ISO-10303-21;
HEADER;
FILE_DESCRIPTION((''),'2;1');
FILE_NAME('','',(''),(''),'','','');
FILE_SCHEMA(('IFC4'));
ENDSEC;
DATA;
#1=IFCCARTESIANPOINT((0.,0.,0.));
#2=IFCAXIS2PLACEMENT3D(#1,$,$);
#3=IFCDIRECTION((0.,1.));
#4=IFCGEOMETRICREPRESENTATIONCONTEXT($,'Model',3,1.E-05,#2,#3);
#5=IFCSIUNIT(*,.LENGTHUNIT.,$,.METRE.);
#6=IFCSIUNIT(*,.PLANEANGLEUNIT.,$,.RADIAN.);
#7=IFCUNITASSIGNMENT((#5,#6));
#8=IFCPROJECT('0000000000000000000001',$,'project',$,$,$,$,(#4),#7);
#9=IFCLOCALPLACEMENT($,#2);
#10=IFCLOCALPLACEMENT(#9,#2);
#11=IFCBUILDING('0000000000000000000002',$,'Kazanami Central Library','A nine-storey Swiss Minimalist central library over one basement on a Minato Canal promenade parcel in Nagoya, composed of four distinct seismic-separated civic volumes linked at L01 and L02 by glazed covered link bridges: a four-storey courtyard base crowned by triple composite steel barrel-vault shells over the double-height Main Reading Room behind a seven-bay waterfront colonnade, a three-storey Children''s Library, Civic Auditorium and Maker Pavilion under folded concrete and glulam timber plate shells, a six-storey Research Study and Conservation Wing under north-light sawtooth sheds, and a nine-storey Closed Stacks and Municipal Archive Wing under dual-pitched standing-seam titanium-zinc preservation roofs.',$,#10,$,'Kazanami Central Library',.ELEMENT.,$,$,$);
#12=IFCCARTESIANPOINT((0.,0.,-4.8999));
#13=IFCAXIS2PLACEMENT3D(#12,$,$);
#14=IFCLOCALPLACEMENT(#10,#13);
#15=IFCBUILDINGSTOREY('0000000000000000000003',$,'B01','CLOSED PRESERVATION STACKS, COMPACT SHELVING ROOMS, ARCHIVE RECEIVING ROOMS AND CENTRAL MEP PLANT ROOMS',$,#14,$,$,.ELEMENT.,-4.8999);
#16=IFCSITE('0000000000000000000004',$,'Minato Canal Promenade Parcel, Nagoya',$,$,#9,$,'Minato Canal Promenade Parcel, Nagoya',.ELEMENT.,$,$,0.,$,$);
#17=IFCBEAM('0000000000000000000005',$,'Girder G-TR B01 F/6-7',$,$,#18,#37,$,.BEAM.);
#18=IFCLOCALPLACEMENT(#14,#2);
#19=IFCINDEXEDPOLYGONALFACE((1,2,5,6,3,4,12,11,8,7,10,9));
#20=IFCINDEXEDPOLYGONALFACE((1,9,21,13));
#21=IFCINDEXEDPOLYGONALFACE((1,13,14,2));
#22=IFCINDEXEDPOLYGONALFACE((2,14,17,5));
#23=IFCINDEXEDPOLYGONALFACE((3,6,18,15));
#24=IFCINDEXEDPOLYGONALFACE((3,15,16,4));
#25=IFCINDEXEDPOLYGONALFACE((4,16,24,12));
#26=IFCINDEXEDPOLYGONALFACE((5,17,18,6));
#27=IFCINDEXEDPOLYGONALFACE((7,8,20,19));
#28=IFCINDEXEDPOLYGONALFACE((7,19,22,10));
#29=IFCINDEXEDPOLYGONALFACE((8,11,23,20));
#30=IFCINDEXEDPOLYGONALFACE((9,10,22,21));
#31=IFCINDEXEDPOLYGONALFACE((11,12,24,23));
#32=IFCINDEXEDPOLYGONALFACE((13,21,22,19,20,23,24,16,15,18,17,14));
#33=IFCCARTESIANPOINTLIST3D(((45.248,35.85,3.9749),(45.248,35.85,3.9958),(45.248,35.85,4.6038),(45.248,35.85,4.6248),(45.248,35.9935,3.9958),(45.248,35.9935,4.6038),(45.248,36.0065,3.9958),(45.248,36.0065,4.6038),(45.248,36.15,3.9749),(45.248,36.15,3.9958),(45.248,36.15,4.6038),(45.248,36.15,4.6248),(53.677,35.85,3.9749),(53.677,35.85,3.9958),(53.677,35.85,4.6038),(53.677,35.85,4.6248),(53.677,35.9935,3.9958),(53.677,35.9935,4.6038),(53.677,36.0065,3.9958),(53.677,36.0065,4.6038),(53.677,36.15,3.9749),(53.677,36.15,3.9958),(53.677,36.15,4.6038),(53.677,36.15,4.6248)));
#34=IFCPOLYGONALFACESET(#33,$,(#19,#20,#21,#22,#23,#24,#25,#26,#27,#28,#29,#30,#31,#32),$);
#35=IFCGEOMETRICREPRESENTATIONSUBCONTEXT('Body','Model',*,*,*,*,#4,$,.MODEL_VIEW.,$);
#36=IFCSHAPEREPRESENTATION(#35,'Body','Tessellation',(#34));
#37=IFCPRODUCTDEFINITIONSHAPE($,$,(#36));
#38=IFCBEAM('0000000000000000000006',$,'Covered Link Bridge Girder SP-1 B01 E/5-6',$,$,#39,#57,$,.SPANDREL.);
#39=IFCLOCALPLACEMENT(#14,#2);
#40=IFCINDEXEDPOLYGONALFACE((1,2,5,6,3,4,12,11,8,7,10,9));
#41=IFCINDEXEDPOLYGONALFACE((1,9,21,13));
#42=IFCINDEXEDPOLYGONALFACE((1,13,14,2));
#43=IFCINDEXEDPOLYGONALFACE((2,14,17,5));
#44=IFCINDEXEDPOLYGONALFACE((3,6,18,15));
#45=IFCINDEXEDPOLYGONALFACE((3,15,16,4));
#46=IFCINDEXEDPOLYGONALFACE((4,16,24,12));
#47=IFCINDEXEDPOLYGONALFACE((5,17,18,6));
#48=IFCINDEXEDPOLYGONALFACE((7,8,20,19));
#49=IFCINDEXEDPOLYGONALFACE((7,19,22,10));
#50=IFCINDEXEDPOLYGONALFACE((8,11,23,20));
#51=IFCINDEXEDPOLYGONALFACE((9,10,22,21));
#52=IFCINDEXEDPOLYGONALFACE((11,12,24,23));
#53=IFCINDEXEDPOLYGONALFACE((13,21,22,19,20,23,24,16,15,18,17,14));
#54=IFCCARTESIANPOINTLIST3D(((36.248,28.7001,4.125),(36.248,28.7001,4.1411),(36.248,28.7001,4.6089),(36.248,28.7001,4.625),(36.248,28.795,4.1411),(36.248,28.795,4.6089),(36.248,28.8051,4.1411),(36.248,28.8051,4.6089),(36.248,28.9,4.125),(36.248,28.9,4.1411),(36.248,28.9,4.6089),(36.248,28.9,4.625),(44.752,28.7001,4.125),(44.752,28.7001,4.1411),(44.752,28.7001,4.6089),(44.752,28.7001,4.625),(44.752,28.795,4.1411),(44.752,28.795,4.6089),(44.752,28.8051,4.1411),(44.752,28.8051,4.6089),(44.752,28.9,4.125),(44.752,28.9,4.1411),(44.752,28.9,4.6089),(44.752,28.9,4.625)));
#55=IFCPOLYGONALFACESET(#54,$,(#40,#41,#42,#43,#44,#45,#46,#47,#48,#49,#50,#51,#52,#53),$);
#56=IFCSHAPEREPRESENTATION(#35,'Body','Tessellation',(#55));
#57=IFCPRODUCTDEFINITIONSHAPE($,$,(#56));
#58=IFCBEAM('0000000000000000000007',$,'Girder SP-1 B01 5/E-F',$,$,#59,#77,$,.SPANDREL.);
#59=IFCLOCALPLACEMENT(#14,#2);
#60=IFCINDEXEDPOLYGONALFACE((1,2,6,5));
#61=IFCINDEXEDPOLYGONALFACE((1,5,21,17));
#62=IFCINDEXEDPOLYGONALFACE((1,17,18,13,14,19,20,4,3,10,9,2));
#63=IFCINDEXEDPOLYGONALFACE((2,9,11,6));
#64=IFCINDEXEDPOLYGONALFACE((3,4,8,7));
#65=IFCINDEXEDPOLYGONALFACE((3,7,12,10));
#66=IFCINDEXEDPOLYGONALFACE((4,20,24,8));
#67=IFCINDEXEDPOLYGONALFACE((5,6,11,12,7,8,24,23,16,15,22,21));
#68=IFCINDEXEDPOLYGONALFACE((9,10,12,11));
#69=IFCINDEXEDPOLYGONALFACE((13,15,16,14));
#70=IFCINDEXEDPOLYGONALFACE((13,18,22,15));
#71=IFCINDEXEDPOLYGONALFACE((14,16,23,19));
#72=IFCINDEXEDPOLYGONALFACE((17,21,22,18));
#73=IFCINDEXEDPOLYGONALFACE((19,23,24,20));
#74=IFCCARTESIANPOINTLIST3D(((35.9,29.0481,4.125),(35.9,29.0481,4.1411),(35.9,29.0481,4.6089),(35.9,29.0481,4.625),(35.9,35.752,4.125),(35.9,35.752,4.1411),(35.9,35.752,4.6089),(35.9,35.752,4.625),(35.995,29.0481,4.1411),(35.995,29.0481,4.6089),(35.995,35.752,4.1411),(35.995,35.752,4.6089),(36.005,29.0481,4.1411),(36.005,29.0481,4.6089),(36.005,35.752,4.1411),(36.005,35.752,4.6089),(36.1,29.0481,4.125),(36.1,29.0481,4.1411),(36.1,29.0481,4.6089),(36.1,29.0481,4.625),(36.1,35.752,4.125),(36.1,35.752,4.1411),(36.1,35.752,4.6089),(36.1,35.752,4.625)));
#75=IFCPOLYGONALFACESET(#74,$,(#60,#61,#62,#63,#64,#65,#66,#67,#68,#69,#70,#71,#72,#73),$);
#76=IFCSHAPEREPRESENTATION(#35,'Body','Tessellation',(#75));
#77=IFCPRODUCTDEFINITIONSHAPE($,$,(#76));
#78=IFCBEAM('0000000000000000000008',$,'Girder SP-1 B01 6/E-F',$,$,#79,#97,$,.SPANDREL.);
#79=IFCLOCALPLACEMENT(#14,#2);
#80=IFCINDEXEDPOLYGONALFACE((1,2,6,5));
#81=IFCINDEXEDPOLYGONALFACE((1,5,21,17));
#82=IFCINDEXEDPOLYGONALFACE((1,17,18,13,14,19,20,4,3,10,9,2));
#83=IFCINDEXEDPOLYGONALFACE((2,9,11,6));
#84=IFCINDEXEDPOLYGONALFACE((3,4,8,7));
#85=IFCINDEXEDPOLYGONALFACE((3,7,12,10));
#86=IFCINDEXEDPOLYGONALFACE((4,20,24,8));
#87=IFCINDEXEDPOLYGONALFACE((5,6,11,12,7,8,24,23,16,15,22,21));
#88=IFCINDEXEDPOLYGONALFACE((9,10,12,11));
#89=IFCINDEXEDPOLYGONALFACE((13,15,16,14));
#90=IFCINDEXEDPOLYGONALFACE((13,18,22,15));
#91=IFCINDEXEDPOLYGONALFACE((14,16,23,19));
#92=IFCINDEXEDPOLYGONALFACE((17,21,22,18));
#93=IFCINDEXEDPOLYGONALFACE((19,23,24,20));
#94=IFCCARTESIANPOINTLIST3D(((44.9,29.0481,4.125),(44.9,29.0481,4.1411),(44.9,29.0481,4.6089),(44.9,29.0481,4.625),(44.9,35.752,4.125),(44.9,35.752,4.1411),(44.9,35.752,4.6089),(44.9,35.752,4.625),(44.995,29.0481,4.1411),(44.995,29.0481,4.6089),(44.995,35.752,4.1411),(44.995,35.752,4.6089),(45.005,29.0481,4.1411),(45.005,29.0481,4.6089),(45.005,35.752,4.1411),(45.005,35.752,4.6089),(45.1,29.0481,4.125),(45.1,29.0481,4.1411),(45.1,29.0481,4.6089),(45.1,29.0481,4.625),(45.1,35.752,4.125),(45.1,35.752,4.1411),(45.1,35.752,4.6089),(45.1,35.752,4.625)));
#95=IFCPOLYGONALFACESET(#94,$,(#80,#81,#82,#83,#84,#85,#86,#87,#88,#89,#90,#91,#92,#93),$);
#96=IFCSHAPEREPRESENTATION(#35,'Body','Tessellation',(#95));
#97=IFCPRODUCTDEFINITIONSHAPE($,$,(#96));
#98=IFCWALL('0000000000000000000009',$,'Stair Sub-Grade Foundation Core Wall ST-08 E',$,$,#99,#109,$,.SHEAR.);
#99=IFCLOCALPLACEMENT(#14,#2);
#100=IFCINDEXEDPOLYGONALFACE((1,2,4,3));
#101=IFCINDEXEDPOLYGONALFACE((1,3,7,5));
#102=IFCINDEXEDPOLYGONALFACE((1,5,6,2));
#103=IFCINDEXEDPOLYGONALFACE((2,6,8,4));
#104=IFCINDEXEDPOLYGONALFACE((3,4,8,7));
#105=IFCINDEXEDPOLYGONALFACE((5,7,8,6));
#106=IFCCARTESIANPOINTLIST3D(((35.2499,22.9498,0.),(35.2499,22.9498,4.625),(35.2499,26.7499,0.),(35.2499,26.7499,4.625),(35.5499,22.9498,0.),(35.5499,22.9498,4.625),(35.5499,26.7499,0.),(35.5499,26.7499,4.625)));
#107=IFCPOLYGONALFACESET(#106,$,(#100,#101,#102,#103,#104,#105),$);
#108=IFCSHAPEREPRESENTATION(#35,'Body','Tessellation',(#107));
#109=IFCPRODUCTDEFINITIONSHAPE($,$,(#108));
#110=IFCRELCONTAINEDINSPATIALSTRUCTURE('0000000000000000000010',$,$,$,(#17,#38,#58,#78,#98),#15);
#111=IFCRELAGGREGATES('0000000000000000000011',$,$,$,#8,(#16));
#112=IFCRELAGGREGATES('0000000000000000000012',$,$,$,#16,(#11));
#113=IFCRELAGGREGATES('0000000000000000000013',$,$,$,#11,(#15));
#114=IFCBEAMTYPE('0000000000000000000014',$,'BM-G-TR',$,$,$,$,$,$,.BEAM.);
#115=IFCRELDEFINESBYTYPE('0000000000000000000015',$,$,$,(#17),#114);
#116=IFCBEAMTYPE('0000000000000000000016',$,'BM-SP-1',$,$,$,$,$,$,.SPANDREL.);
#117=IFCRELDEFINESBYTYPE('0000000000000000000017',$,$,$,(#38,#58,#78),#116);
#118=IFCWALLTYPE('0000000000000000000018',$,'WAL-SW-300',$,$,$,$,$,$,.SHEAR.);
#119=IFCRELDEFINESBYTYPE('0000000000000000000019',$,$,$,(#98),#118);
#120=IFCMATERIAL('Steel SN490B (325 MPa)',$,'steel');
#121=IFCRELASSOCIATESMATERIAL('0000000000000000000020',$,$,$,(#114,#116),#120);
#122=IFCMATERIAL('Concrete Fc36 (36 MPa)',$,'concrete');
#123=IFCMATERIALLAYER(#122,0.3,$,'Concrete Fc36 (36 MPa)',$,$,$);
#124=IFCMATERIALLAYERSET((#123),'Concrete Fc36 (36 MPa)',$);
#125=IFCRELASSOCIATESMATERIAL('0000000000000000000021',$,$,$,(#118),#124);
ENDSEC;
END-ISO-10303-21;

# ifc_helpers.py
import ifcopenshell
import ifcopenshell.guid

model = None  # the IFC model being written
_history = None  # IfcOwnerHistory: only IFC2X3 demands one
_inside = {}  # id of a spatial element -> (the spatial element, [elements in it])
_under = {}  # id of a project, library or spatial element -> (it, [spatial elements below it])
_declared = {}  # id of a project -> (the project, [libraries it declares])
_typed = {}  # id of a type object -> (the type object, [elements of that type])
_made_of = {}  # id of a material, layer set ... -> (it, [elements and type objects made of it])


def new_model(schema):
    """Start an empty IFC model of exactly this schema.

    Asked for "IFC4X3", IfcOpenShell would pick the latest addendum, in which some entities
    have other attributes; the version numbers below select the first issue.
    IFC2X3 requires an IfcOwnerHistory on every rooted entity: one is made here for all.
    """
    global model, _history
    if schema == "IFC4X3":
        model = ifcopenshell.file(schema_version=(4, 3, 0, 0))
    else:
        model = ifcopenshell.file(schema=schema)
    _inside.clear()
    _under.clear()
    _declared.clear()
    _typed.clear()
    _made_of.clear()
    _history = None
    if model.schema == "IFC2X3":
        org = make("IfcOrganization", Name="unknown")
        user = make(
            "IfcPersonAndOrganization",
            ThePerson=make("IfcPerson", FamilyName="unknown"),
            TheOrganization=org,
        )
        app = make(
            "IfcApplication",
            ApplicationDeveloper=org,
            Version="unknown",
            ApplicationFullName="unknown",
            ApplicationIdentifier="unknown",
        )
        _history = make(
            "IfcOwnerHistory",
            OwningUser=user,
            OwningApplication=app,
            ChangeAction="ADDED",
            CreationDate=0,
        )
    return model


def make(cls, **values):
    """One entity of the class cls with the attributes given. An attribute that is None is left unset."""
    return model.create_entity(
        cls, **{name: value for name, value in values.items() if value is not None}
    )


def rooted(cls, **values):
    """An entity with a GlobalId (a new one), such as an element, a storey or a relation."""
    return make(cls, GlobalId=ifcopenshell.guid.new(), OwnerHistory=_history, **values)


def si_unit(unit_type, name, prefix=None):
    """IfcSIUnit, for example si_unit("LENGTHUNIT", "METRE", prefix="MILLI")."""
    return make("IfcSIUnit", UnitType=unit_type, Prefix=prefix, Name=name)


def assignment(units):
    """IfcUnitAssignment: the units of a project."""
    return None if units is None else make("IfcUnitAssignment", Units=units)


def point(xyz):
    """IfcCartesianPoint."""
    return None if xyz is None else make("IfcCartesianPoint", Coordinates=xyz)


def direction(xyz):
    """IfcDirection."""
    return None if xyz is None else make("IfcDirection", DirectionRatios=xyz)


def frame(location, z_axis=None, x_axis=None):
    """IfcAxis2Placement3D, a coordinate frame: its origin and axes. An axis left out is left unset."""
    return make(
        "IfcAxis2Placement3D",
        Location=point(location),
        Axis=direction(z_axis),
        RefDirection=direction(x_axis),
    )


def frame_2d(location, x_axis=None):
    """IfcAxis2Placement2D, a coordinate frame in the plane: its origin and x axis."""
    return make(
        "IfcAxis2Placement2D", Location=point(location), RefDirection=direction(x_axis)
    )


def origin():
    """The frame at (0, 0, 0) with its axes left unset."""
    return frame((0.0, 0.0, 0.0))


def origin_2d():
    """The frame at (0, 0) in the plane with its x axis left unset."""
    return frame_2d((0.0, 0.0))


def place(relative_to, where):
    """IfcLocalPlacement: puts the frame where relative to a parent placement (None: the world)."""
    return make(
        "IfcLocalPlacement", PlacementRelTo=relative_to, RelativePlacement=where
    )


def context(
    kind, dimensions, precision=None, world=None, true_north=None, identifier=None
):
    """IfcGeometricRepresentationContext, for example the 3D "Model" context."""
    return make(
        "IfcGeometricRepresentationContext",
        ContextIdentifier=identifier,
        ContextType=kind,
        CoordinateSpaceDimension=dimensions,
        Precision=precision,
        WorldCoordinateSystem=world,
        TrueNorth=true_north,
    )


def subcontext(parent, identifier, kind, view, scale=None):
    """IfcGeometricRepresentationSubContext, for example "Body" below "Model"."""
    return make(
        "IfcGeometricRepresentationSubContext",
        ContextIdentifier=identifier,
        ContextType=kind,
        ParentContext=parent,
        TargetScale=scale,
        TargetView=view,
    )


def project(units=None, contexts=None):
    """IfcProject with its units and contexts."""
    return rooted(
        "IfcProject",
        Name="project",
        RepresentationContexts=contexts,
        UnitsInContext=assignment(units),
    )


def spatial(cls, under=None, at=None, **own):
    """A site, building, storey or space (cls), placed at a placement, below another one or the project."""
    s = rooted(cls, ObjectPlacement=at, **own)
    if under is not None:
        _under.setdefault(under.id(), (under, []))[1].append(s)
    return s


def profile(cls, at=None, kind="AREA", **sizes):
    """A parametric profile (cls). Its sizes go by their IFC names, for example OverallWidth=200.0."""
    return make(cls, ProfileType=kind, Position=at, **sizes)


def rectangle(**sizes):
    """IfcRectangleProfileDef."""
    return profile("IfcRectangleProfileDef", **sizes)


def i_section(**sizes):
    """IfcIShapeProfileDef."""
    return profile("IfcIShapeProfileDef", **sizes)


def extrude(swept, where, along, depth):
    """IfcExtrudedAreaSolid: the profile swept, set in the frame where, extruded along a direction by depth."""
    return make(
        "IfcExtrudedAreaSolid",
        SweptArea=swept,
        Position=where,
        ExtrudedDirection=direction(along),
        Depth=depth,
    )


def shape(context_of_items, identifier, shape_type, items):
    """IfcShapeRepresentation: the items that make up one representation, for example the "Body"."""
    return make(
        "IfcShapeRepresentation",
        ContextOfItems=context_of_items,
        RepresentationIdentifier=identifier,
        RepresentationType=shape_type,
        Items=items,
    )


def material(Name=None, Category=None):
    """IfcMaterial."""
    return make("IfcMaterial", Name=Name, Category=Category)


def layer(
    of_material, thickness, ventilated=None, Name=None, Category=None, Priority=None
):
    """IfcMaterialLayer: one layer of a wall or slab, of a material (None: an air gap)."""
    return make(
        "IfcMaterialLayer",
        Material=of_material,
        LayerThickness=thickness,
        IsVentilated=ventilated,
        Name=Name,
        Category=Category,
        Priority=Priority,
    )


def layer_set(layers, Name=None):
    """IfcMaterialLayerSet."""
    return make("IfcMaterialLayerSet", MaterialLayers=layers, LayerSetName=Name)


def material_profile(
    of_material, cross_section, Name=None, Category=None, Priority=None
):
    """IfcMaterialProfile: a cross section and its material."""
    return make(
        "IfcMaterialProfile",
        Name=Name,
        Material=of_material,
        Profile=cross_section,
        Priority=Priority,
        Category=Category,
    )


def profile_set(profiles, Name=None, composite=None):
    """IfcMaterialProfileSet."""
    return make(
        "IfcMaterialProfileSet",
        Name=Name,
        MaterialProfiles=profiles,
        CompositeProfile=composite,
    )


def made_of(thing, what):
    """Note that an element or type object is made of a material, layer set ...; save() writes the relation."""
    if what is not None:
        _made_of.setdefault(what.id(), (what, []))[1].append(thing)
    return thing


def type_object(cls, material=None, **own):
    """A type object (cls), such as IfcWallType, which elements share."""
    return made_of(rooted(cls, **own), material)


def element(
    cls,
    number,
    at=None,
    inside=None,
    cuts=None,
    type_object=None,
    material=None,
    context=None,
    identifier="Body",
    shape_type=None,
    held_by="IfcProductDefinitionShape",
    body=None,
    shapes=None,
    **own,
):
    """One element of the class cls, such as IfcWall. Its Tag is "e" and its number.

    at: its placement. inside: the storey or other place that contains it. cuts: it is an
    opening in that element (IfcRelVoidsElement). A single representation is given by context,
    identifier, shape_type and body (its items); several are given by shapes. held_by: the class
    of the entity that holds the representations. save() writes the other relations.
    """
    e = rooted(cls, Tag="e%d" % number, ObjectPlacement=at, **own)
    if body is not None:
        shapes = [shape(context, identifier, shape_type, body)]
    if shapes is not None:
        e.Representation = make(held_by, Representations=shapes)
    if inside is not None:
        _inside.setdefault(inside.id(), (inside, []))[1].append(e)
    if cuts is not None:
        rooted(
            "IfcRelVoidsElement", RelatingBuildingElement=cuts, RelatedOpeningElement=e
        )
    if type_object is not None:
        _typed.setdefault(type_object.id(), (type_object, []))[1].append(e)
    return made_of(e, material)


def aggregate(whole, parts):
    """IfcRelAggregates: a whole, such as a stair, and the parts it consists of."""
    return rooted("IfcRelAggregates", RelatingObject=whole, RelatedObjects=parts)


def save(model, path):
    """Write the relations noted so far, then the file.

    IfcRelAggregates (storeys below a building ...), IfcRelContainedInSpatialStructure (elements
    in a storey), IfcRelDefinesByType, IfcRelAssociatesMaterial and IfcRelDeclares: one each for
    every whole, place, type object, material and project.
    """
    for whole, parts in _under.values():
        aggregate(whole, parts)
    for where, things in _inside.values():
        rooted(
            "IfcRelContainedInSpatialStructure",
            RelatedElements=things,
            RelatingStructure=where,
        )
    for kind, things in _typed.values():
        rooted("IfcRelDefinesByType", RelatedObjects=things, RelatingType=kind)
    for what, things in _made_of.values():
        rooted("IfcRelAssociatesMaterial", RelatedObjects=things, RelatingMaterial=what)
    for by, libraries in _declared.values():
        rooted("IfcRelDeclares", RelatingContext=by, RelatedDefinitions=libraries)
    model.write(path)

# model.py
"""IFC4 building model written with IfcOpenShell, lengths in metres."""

from ifc_helpers import new_model, si_unit, direction, frame, frame_2d, origin, origin_2d, place, context, subcontext, project, spatial, rectangle, i_section, extrude, material, layer, layer_set, material_profile, profile_set, type_object, element, save


model = new_model("IFC4")

# Units and contexts
model_context = context("Model", 3, precision=1e-05, world=origin(), true_north=direction((0.0, 1.0)))
body_context = subcontext(model_context, "Body", "Model", "MODEL_VIEW")
ifc_project = project(units=[si_unit("LENGTHUNIT", "METRE"), si_unit("PLANEANGLEUNIT", "RADIAN")], contexts=[model_context])

# Site, building, storey
site_placement = place(None, origin())
site = spatial("IfcSite", under=ifc_project, at=site_placement, Name="Minato Canal Promenade Parcel, Nagoya", LongName="Minato Canal Promenade Parcel, Nagoya", CompositionType="ELEMENT", RefElevation=0.0)
building_placement = place(site_placement, origin())
building = spatial("IfcBuilding", under=site, at=building_placement, Name="Kazanami Central Library", Description="A nine-storey Swiss Minimalist central library over one basement on a Minato Canal promenade parcel in Nagoya, composed of four distinct seismic-separated civic volumes linked at L01 and L02 by glazed covered link bridges: a four-storey courtyard base crowned by triple composite steel barrel-vault shells over the double-height Main Reading Room behind a seven-bay waterfront colonnade, a three-storey Children's Library, Civic Auditorium and Maker Pavilion under folded concrete and glulam timber plate shells, a six-storey Research Study and Conservation Wing under north-light sawtooth sheds, and a nine-storey Closed Stacks and Municipal Archive Wing under dual-pitched standing-seam titanium-zinc preservation roofs.", LongName="Kazanami Central Library", CompositionType="ELEMENT")
storey_placement = place(building_placement, frame((0.0, 0.0, -4.8999)))
storey = spatial("IfcBuildingStorey", under=building, at=storey_placement, Name="B01", Description="CLOSED PRESERVATION STACKS, COMPACT SHELVING ROOMS, ARCHIVE RECEIVING ROOMS AND CENTRAL MEP PLANT ROOMS", CompositionType="ELEMENT", Elevation=-4.8999)

# Shared definitions
ifc_material_1 = material(Name="Concrete Fc36 (36 MPa)", Category="concrete")

# Beams
ifc_material_2 = material(Name="Steel SN490B (325 MPa)", Category="steel")
ifc_material_profile_1 = material_profile(ifc_material_2, i_section(OverallWidth=0.3, OverallDepth=0.6499, WebThickness=0.0129, FlangeThickness=0.021, at=origin_2d()), Name="H-650x300x13x21")
ifc_profile_set_1 = profile_set([ifc_material_profile_1], Name="Steel SN490B (325 MPa)")
beam_type_1 = type_object("IfcBeamType", Name="BM-G-TR", PredefinedType="BEAM", material=ifc_profile_set_1)
for number, where, z_axis, x_axis, name in (
    (1, (45.248, 36.0, 4.2998), (1.0, 0.0, 0.0), (0.0, 1.0, 0.0), "Girder G-TR B01 F/6-7"),
):
    element("IfcBeam", number, at=place(storey_placement, frame(where, z_axis=z_axis, x_axis=x_axis)), inside=storey, type_object=beam_type_1, Name=name, PredefinedType="BEAM", context=body_context, shape_type="SweptSolid", body=[
        extrude(i_section(OverallWidth=0.3, OverallDepth=0.6499, WebThickness=0.0129, FlangeThickness=0.021, at=origin_2d()), origin(), (0.0, 0.0, 1.0), 8.429),
    ])
ifc_material_profile_2 = material_profile(ifc_material_2, i_section(OverallWidth=0.2, OverallDepth=0.5, WebThickness=0.01, FlangeThickness=0.0161, at=origin_2d()), Name="H-500x200x10x16")
ifc_profile_set_2 = profile_set([ifc_material_profile_2], Name="Steel SN490B (325 MPa)")
beam_type_2 = type_object("IfcBeamType", Name="BM-SP-1", PredefinedType="SPANDREL", material=ifc_profile_set_2)
beam_1_placement = place(storey_placement, frame((36.248, 28.8, 4.375), z_axis=(1.0, 0.0, 0.0), x_axis=(0.0, 1.0, 0.0)))
element("IfcBeam", 2, at=beam_1_placement, inside=storey, type_object=beam_type_2, Name="Covered Link Bridge Girder SP-1 B01 E/5-6", PredefinedType="SPANDREL", context=body_context, shape_type="SweptSolid", body=[
    extrude(i_section(OverallWidth=0.2, OverallDepth=0.5, WebThickness=0.01, FlangeThickness=0.0161, at=origin_2d()), origin(), (0.0, 0.0, 1.0), 8.5039),
])
for number, where, z_axis, x_axis, name in (
    (3, (36.0, 29.0481, 4.375), (0.0, 1.0, 0.0), (-1.0, 0.0, 0.0), "Girder SP-1 B01 5/E-F"),
    (4, (45.0, 29.0481, 4.375), (0.0, 1.0, 0.0), (-1.0, 0.0, 0.0), "Girder SP-1 B01 6/E-F"),
):
    element("IfcBeam", number, at=place(storey_placement, frame(where, z_axis=z_axis, x_axis=x_axis)), inside=storey, type_object=beam_type_2, Name=name, PredefinedType="SPANDREL", context=body_context, shape_type="SweptSolid", body=[
        extrude(i_section(OverallWidth=0.2, OverallDepth=0.5, WebThickness=0.01, FlangeThickness=0.0161, at=origin_2d()), origin(), (0.0, 0.0, 1.0), 6.7039),
    ])

# Wall
ifc_layer = layer(ifc_material_1, 0.3, Name="Concrete Fc36 (36 MPa)")
ifc_layer_set = layer_set([ifc_layer], Name="Concrete Fc36 (36 MPa)")
wall_type = type_object("IfcWallType", Name="WAL-SW-300", PredefinedType="SHEAR", material=ifc_layer_set)
wall_placement = place(storey_placement, frame((35.3999, 22.95, 0.0), z_axis=(0.0, 0.0, 1.0), x_axis=(0.0, 1.0, 0.0)))
element("IfcWall", 5, at=wall_placement, inside=storey, type_object=wall_type, Name="Stair Sub-Grade Foundation Core Wall ST-08 E", PredefinedType="SHEAR", context=body_context, shape_type="SweptSolid", body=[
    extrude(rectangle(XDim=3.8, YDim=0.3, at=frame_2d((1.8999, 0.0))), origin(), (0.0, 0.0, 1.0), 4.625),
])

save(model, "model.ifc")
